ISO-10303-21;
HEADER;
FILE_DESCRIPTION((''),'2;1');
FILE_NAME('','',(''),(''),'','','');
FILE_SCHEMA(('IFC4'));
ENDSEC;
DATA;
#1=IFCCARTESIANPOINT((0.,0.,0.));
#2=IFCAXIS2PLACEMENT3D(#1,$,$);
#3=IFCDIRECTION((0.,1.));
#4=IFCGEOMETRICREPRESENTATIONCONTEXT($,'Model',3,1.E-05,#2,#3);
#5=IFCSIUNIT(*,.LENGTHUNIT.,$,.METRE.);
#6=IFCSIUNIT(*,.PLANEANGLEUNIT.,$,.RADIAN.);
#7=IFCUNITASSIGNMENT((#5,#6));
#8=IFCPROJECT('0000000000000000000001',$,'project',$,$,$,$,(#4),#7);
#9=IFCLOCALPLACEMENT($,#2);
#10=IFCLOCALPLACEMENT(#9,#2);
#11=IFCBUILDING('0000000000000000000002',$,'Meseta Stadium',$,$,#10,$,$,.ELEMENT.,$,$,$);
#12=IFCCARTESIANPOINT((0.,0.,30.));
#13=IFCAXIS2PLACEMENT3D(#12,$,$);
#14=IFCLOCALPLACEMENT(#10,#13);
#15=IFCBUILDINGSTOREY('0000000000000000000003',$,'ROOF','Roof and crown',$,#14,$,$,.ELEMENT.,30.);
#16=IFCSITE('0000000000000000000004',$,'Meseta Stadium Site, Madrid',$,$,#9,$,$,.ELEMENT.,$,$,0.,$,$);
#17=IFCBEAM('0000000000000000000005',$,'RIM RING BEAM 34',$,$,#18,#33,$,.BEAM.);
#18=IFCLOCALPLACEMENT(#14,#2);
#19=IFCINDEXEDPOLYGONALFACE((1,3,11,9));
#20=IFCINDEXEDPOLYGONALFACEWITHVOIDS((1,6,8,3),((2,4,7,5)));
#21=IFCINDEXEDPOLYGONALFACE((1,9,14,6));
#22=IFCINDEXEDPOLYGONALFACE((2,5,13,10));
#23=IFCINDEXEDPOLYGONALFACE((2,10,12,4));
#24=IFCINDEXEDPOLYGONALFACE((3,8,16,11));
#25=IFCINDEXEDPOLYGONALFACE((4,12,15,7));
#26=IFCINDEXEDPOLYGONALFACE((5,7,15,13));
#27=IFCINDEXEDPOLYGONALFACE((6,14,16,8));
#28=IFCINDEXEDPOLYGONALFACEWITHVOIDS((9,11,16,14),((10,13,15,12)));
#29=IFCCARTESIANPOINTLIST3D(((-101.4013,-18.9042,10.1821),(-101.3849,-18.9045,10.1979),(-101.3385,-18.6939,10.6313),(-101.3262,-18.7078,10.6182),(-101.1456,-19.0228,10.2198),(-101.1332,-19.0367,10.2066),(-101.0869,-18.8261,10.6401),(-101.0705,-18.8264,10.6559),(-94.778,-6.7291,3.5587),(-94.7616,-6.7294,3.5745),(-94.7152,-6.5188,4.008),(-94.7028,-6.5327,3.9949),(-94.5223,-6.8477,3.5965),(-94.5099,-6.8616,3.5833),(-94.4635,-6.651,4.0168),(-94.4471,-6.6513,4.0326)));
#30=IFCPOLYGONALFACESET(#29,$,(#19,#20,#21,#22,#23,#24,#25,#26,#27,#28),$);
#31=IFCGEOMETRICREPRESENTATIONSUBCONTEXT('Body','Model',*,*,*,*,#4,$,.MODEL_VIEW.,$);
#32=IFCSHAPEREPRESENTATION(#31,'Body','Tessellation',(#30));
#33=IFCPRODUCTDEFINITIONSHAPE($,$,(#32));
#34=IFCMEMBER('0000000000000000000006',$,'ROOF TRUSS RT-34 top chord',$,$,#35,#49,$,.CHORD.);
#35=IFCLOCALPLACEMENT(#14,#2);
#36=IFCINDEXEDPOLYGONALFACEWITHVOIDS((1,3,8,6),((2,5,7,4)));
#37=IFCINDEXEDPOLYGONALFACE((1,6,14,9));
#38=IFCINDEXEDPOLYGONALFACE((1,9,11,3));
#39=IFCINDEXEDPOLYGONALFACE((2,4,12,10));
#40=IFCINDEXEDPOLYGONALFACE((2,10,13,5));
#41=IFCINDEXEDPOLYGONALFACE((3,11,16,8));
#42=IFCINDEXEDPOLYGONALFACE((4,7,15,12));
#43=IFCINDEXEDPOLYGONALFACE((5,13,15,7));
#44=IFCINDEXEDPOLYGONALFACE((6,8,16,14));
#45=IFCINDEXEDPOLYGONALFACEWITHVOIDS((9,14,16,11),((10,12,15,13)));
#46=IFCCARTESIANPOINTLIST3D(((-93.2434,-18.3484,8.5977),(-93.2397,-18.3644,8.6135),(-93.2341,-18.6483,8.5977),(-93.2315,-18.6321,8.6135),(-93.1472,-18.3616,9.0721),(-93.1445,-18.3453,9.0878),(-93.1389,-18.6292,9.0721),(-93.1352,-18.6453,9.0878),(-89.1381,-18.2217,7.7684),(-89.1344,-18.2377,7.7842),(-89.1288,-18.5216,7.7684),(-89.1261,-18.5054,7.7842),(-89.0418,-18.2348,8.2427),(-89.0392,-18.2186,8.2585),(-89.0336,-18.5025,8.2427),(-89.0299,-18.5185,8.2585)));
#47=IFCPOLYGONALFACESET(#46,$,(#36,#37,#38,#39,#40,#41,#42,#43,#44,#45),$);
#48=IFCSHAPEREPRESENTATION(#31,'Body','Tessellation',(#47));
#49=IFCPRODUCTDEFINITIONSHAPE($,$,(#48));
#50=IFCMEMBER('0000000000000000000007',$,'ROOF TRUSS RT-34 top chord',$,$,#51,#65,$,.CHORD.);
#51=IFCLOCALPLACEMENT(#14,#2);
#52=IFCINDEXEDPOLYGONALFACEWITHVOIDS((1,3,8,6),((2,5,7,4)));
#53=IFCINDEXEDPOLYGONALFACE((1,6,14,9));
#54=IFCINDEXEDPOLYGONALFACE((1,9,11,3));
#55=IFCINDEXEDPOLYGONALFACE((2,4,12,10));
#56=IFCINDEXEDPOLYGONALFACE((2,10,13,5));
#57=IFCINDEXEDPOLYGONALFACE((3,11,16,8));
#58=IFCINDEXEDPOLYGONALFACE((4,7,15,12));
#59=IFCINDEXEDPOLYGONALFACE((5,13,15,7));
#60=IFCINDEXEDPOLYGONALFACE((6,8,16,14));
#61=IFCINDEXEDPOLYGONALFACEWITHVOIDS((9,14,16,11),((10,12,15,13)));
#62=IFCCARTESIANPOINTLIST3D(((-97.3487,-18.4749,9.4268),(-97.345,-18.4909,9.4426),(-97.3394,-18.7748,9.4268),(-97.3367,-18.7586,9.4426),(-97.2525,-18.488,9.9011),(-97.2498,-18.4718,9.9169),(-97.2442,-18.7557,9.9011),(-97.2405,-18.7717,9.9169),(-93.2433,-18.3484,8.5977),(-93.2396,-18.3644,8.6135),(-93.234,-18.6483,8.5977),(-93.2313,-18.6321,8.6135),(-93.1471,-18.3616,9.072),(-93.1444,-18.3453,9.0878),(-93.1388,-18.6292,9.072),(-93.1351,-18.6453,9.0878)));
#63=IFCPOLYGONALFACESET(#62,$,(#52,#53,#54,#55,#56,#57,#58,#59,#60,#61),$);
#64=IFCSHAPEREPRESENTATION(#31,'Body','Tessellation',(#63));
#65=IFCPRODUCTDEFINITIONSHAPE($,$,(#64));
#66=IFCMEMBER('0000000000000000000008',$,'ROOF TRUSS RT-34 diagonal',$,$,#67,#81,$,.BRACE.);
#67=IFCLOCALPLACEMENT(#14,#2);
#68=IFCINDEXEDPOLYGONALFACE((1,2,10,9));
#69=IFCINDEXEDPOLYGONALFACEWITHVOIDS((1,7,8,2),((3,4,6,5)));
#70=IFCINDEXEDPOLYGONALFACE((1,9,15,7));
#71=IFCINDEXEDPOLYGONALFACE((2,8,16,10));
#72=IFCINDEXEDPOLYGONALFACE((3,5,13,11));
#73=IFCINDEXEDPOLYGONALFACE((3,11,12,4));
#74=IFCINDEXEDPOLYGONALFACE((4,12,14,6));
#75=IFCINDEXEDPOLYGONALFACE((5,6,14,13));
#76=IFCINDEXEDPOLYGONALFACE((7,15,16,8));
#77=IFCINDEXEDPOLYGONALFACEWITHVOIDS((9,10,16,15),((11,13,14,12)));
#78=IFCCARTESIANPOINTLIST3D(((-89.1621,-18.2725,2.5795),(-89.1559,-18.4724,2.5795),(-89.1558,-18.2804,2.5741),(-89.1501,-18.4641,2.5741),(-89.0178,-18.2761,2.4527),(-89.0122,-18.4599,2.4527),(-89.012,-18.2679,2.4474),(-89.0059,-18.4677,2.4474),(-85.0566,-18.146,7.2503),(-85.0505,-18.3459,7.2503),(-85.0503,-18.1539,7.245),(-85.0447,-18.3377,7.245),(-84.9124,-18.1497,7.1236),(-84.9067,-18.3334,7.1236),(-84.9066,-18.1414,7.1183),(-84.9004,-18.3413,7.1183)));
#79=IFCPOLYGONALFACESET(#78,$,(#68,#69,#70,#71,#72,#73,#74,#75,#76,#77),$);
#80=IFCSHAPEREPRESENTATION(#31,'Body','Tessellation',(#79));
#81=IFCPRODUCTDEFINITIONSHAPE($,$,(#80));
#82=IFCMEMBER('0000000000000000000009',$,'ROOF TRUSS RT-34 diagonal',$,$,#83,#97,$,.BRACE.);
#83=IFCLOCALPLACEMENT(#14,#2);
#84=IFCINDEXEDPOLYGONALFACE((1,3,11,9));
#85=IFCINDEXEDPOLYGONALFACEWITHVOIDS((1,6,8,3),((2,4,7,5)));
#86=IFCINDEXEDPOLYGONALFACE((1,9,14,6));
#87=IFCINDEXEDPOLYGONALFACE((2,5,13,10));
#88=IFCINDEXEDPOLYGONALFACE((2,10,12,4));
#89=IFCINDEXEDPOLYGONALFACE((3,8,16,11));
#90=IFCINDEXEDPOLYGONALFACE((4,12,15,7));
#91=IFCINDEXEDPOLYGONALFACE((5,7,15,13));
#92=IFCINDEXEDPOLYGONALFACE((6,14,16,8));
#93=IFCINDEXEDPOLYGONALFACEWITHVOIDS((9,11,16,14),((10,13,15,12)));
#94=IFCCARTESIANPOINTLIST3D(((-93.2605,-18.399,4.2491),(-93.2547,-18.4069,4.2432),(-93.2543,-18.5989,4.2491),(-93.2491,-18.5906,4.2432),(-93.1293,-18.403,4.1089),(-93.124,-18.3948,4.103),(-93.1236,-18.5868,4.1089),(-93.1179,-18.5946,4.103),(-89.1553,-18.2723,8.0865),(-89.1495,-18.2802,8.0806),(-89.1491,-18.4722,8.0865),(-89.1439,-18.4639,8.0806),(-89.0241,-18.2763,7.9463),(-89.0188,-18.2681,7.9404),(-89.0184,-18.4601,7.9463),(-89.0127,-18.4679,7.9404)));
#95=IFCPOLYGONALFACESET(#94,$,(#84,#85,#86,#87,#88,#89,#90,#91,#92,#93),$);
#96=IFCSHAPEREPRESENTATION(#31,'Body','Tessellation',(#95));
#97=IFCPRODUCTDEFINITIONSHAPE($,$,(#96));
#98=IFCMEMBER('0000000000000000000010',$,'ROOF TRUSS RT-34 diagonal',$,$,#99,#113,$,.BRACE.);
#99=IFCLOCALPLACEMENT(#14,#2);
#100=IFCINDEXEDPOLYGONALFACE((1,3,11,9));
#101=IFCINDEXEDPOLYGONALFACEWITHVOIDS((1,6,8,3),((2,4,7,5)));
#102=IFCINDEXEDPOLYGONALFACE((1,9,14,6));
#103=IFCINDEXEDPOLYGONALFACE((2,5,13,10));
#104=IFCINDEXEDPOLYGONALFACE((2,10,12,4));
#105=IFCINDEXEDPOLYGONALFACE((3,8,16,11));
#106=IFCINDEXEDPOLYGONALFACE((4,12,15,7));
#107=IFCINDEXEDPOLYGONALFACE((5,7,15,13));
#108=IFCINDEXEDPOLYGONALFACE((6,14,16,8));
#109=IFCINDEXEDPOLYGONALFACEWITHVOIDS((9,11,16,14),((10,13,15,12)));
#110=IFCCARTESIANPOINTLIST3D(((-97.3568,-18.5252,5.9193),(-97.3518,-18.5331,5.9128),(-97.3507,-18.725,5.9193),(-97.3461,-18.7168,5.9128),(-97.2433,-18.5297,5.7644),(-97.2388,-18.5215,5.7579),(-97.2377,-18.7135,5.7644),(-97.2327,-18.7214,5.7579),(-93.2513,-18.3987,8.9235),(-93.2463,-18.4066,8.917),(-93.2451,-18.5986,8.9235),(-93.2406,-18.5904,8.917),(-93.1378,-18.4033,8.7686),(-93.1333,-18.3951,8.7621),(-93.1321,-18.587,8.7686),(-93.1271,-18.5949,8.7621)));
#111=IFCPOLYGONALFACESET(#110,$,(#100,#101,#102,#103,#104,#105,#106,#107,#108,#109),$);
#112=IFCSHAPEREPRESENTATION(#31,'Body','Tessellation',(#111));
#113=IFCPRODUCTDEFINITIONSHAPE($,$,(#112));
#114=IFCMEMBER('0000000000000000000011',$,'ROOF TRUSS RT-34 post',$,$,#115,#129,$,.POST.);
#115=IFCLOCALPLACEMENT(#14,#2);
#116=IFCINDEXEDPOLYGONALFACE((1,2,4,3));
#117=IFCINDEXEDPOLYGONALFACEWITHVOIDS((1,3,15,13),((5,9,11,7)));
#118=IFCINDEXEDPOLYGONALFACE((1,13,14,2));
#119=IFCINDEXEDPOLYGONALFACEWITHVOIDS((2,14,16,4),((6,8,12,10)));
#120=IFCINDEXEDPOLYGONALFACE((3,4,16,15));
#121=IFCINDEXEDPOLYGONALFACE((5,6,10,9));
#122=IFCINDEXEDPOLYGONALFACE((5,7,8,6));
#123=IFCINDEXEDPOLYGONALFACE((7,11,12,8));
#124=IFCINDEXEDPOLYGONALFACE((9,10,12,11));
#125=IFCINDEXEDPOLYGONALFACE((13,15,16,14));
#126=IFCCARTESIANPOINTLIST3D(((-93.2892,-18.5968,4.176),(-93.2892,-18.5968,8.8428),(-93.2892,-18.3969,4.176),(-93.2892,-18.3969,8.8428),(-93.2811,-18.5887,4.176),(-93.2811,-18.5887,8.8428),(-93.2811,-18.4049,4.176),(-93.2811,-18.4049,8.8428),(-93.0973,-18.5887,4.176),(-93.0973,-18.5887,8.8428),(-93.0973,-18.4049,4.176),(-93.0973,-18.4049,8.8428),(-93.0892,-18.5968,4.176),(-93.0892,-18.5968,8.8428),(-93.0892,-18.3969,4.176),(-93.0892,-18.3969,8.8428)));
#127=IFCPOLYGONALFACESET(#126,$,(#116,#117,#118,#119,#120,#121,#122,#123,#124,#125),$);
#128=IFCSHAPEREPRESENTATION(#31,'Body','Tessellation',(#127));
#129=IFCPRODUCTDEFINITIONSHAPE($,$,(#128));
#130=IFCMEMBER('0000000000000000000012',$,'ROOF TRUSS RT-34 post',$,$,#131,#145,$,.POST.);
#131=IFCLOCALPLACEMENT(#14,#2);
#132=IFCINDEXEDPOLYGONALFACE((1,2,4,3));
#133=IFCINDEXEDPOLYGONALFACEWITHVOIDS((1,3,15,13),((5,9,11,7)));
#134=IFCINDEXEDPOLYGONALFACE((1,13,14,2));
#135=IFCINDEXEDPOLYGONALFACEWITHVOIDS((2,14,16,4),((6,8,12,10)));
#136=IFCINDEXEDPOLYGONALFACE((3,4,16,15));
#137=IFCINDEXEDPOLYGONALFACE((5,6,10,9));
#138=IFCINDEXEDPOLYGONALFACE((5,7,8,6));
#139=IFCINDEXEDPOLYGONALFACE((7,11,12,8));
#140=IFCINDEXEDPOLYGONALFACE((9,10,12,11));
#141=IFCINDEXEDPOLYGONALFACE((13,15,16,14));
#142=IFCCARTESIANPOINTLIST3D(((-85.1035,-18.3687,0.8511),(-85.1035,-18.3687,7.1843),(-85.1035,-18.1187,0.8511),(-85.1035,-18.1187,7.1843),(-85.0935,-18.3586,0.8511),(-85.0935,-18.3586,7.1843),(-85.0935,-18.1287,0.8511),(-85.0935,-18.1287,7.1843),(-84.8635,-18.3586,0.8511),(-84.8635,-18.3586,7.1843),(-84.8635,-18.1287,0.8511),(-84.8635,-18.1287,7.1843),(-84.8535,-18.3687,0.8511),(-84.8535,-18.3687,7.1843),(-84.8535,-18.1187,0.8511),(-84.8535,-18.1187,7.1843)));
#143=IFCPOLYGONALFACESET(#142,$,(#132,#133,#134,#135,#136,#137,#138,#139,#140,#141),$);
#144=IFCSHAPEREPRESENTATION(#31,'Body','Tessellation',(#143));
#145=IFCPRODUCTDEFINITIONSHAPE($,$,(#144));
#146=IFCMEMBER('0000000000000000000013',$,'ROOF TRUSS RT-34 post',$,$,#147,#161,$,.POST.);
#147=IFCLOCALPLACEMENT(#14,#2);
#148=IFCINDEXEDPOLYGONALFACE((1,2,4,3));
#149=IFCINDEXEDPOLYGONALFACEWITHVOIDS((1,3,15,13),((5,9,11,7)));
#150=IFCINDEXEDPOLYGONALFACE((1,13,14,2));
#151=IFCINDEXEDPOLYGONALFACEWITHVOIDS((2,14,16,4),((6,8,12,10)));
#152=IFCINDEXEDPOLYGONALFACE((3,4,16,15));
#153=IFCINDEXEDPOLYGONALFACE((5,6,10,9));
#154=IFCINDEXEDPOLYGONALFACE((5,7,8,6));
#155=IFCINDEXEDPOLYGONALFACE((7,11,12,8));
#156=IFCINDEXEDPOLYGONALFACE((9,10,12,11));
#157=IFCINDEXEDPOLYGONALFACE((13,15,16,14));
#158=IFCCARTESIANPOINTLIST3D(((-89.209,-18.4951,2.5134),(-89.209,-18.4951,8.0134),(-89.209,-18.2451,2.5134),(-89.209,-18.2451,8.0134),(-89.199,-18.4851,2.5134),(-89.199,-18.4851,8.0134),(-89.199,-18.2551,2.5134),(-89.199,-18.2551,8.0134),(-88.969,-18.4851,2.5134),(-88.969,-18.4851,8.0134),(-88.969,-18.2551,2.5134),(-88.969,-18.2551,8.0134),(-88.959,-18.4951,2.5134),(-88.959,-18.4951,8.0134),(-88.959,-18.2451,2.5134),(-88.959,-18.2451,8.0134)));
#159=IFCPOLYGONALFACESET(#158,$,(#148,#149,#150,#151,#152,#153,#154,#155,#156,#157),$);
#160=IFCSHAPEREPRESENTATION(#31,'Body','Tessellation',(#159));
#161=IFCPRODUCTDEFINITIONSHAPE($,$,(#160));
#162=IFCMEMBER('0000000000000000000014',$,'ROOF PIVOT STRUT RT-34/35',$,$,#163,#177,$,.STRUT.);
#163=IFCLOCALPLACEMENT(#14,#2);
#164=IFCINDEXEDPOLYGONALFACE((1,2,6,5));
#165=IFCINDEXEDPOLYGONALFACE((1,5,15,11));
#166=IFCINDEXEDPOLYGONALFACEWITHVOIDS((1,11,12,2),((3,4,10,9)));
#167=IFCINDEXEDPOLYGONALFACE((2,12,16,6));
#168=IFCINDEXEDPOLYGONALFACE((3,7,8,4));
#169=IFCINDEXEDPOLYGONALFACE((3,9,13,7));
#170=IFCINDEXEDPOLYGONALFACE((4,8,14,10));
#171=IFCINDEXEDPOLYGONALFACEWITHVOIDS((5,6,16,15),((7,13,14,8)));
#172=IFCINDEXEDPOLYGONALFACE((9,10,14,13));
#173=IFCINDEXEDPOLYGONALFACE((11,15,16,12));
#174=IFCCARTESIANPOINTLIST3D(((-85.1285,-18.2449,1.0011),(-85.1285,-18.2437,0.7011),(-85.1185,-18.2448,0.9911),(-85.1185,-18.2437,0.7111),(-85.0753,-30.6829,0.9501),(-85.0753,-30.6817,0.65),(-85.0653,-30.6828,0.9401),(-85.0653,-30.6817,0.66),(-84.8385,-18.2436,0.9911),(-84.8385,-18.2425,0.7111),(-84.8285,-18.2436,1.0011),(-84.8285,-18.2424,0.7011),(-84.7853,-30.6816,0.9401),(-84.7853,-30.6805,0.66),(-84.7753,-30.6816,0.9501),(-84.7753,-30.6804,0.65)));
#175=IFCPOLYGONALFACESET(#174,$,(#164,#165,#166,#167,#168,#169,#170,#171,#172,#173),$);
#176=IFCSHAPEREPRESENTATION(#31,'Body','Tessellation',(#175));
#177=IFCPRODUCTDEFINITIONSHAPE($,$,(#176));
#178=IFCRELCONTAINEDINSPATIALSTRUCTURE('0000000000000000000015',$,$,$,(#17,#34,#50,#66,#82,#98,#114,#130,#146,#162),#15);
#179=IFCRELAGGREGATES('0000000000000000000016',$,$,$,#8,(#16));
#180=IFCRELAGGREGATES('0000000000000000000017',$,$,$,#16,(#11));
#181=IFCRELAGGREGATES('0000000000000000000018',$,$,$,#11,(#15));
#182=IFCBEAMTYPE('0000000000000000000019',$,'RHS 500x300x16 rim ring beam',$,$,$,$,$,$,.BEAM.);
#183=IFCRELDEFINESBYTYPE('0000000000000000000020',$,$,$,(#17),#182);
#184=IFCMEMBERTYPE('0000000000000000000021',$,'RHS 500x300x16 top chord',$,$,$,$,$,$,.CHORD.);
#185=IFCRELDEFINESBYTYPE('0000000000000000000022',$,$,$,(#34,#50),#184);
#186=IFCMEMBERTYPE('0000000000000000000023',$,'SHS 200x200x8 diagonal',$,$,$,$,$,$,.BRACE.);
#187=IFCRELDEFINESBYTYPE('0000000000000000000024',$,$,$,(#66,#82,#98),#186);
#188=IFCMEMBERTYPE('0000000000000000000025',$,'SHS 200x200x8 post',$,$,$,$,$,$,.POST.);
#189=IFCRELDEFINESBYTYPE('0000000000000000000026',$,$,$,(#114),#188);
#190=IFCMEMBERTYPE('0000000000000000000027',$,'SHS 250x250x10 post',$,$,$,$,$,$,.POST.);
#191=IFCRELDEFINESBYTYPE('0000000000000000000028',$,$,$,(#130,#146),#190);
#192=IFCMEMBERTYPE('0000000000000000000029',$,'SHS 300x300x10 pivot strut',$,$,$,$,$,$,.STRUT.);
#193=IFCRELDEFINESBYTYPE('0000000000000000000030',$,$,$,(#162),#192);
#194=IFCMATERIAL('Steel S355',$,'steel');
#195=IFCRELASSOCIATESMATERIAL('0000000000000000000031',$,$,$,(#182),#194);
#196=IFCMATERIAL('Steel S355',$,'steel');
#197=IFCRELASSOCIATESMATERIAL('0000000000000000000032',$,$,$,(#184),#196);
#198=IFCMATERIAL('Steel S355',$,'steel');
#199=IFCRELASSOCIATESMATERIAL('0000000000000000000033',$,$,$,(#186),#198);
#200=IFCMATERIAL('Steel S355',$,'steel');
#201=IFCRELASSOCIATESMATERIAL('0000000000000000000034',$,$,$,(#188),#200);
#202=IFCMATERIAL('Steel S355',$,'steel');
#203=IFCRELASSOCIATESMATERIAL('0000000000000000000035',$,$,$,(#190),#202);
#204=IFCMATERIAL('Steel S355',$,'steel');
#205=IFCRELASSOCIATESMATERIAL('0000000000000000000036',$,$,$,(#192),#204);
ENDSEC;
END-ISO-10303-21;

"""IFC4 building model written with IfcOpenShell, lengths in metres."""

from ifc_helpers import new_model, si_unit, direction, frame, origin, origin_2d, place, context, subcontext, project, spatial, hollow_rectangle, extrude, material, material_profile, profile_set, type_object, element, save


model = new_model("IFC4")

# Units and contexts
model_context = context("Model", 3, precision=1e-05, world=origin(), true_north=direction((0.0, 1.0)))
body_context = subcontext(model_context, "Body", "Model", "MODEL_VIEW")
ifc_project = project(units=[si_unit("LENGTHUNIT", "METRE"), si_unit("PLANEANGLEUNIT", "RADIAN")], contexts=[model_context])

# Site, building, storey
site_placement = place(None, origin())
site = spatial("IfcSite", under=ifc_project, at=site_placement, Name="Meseta Stadium Site, Madrid", CompositionType="ELEMENT", RefElevation=0.0)
building_placement = place(site_placement, origin())
building = spatial("IfcBuilding", under=site, at=building_placement, Name="Meseta Stadium", CompositionType="ELEMENT")
storey_placement = place(building_placement, frame((0.0, 0.0, 30.0)))
storey = spatial("IfcBuildingStorey", under=building, at=storey_placement, Name="ROOF", Description="Roof and crown", CompositionType="ELEMENT", Elevation=30.0)

# Beam
ifc_material_1 = material(Name="Steel S355", Category="steel")
ifc_material_profile_1 = material_profile(ifc_material_1, hollow_rectangle(XDim=0.3, YDim=0.5, WallThickness=0.0161, at=origin_2d()), Name="RHS 500x300x16")
ifc_profile_set_1 = profile_set([ifc_material_profile_1], Name="Steel S355")
beam_type = type_object("IfcBeamType", Name="RHS 500x300x16 rim ring beam", PredefinedType="BEAM", material=ifc_profile_set_1)
beam_placement = place(storey_placement, frame((-94.6125, -6.6902, 3.7957), z_axis=(-0.431169, -0.792582, 0.431169), x_axis=(0.893501, -0.441536, 0.081862)))
element("IfcBeam", 1, at=beam_placement, inside=storey, type_object=beam_type, Name="RIM RING BEAM 34", PredefinedType="BEAM", context=body_context, shape_type="SweptSolid", body=[
    extrude(hollow_rectangle(XDim=0.3, YDim=0.5, WallThickness=0.0161, at=origin_2d()), origin(), (0.0, 0.0, 1.0), 15.3613),
])

# Members
ifc_material_2 = material(Name="Steel S355", Category="steel")
ifc_material_profile_2 = material_profile(ifc_material_2, hollow_rectangle(XDim=0.3, YDim=0.5, WallThickness=0.0161, at=origin_2d()), Name="RHS 500x300x16")
ifc_profile_set_2 = profile_set([ifc_material_profile_2], Name="Steel S355")
member_type_1 = type_object("IfcMemberType", Name="RHS 500x300x16 top chord", PredefinedType="CHORD", material=ifc_profile_set_2)
for number, where, z_axis, x_axis, name in (
    (2, (-89.084, -18.3701, 8.0134), (-0.979749, -0.03024, 0.197931), (0.030851, -0.999524, 0.0), "ROOF TRUSS RT-34 top chord"),
    (3, (-93.1892, -18.4968, 8.8428), (-0.979765, -0.030181, 0.197864), (0.030789, -0.999526, 0.0), "ROOF TRUSS RT-34 top chord"),
):
    element("IfcMember", number, at=place(storey_placement, frame(where, z_axis=z_axis, x_axis=x_axis)), inside=storey, type_object=member_type_1, Name=name, PredefinedType="CHORD", context=body_context, shape_type="SweptSolid", body=[
        extrude(hollow_rectangle(XDim=0.3, YDim=0.5, WallThickness=0.0161, at=origin_2d()), origin(), (0.0, 0.0, 1.0), 4.1902),
    ])
ifc_material_3 = material(Name="Steel S355", Category="steel")
ifc_material_profile_3 = material_profile(ifc_material_3, hollow_rectangle(XDim=0.2, YDim=0.2, WallThickness=0.0081, at=origin_2d()), Name="SHS 200x200x8")
ifc_profile_set_3 = profile_set([ifc_material_profile_3], Name="Steel S355")
member_type_2 = type_object("IfcMemberType", Name="SHS 200x200x8 diagonal", PredefinedType="BRACE", material=ifc_profile_set_3)
member_1_placement = place(storey_placement, frame((-84.9785, -18.2437, 7.1843), z_axis=(-0.660045, -0.020332, -0.750951), x_axis=(0.030789, -0.999526, 0.0)))
element("IfcMember", 4, at=member_1_placement, inside=storey, type_object=member_type_2, Name="ROOF TRUSS RT-34 diagonal", PredefinedType="BRACE", context=body_context, shape_type="SweptSolid", body=[
    extrude(hollow_rectangle(XDim=0.2, YDim=0.2, WallThickness=0.0081, at=origin_2d()), origin(), (0.0, 0.0, 1.0), 6.22),
])
member_2_placement = place(storey_placement, frame((-89.084, -18.3701, 8.0134), z_axis=(-0.730349, -0.022542, -0.682702), x_axis=(0.030851, -0.999524, 0.0)))
element("IfcMember", 5, at=member_2_placement, inside=storey, type_object=member_type_2, Name="ROOF TRUSS RT-34 diagonal", PredefinedType="BRACE", context=body_context, shape_type="SweptSolid", body=[
    extrude(hollow_rectangle(XDim=0.2, YDim=0.2, WallThickness=0.0081, at=origin_2d()), origin(), (0.0, 0.0, 1.0), 5.6208),
])
member_3_placement = place(storey_placement, frame((-93.1892, -18.4968, 8.8428), z_axis=(-0.806767, -0.024852, -0.590347), x_axis=(0.030789, -0.999526, 0.0)))
element("IfcMember", 6, at=member_3_placement, inside=storey, type_object=member_type_2, Name="ROOF TRUSS RT-34 diagonal", PredefinedType="BRACE", context=body_context, shape_type="SweptSolid", body=[
    extrude(hollow_rectangle(XDim=0.2, YDim=0.2, WallThickness=0.0081, at=origin_2d()), origin(), (0.0, 0.0, 1.0), 5.0889),
])
ifc_material_4 = material(Name="Steel S355", Category="steel")
ifc_material_profile_4 = material_profile(ifc_material_4, hollow_rectangle(XDim=0.2, YDim=0.2, WallThickness=0.0081, at=origin_2d()), Name="SHS 200x200x8")
ifc_profile_set_4 = profile_set([ifc_material_profile_4], Name="Steel S355")
member_type_3 = type_object("IfcMemberType", Name="SHS 200x200x8 post", PredefinedType="POST", material=ifc_profile_set_4)
member_4_placement = place(storey_placement, frame((-93.1892, -18.4968, 4.176), z_axis=(0.0, 0.0, 1.0), x_axis=(1.0, 0.0, 0.0)))
element("IfcMember", 7, at=member_4_placement, inside=storey, type_object=member_type_3, Name="ROOF TRUSS RT-34 post", PredefinedType="POST", context=body_context, shape_type="SweptSolid", body=[
    extrude(hollow_rectangle(XDim=0.2, YDim=0.2, WallThickness=0.0081, at=origin_2d()), origin(), (0.0, 0.0, 1.0), 4.6667),
])
ifc_material_5 = material(Name="Steel S355", Category="steel")
ifc_material_profile_5 = material_profile(ifc_material_5, hollow_rectangle(XDim=0.25, YDim=0.25, WallThickness=0.01, at=origin_2d()), Name="SHS 250x250x10")
ifc_profile_set_5 = profile_set([ifc_material_profile_5], Name="Steel S355")
member_type_4 = type_object("IfcMemberType", Name="SHS 250x250x10 post", PredefinedType="POST", material=ifc_profile_set_5)
member_5_placement = place(storey_placement, frame((-84.9785, -18.2437, 0.8511), z_axis=(0.0, 0.0, 1.0), x_axis=(1.0, 0.0, 0.0)))
element("IfcMember", 8, at=member_5_placement, inside=storey, type_object=member_type_4, Name="ROOF TRUSS RT-34 post", PredefinedType="POST", context=body_context, shape_type="SweptSolid", body=[
    extrude(hollow_rectangle(XDim=0.25, YDim=0.25, WallThickness=0.01, at=origin_2d()), origin(), (0.0, 0.0, 1.0), 6.3333),
])
member_6_placement = place(storey_placement, frame((-89.084, -18.3701, 2.5134), z_axis=(0.0, 0.0, 1.0), x_axis=(1.0, 0.0, 0.0)))
element("IfcMember", 9, at=member_6_placement, inside=storey, type_object=member_type_4, Name="ROOF TRUSS RT-34 post", PredefinedType="POST", context=body_context, shape_type="SweptSolid", body=[
    extrude(hollow_rectangle(XDim=0.25, YDim=0.25, WallThickness=0.01, at=origin_2d()), origin(), (0.0, 0.0, 1.0), 5.5),
])
ifc_material_6 = material(Name="Steel S355", Category="steel")
ifc_material_profile_6 = material_profile(ifc_material_6, hollow_rectangle(XDim=0.3, YDim=0.3, WallThickness=0.01, at=origin_2d()), Name="SHS 300x300x10")
ifc_profile_set_6 = profile_set([ifc_material_profile_6], Name="Steel S355")
member_type_5 = type_object("IfcMemberType", Name="SHS 300x300x10 pivot strut", PredefinedType="STRUT", material=ifc_profile_set_6)
member_7_placement = place(storey_placement, frame((-84.9785, -18.2437, 0.8511), z_axis=(0.004279, -0.999982, -0.004102), x_axis=(0.999991, 0.004279, 0.0)))
element("IfcMember", 10, at=member_7_placement, inside=storey, type_object=member_type_5, Name="ROOF PIVOT STRUT RT-34/35", PredefinedType="STRUT", context=body_context, shape_type="SweptSolid", body=[
    extrude(hollow_rectangle(XDim=0.3, YDim=0.3, WallThickness=0.01, at=origin_2d()), origin(), (0.0, 0.0, 1.0), 12.4382),
])

save(model, "model.ifc")
